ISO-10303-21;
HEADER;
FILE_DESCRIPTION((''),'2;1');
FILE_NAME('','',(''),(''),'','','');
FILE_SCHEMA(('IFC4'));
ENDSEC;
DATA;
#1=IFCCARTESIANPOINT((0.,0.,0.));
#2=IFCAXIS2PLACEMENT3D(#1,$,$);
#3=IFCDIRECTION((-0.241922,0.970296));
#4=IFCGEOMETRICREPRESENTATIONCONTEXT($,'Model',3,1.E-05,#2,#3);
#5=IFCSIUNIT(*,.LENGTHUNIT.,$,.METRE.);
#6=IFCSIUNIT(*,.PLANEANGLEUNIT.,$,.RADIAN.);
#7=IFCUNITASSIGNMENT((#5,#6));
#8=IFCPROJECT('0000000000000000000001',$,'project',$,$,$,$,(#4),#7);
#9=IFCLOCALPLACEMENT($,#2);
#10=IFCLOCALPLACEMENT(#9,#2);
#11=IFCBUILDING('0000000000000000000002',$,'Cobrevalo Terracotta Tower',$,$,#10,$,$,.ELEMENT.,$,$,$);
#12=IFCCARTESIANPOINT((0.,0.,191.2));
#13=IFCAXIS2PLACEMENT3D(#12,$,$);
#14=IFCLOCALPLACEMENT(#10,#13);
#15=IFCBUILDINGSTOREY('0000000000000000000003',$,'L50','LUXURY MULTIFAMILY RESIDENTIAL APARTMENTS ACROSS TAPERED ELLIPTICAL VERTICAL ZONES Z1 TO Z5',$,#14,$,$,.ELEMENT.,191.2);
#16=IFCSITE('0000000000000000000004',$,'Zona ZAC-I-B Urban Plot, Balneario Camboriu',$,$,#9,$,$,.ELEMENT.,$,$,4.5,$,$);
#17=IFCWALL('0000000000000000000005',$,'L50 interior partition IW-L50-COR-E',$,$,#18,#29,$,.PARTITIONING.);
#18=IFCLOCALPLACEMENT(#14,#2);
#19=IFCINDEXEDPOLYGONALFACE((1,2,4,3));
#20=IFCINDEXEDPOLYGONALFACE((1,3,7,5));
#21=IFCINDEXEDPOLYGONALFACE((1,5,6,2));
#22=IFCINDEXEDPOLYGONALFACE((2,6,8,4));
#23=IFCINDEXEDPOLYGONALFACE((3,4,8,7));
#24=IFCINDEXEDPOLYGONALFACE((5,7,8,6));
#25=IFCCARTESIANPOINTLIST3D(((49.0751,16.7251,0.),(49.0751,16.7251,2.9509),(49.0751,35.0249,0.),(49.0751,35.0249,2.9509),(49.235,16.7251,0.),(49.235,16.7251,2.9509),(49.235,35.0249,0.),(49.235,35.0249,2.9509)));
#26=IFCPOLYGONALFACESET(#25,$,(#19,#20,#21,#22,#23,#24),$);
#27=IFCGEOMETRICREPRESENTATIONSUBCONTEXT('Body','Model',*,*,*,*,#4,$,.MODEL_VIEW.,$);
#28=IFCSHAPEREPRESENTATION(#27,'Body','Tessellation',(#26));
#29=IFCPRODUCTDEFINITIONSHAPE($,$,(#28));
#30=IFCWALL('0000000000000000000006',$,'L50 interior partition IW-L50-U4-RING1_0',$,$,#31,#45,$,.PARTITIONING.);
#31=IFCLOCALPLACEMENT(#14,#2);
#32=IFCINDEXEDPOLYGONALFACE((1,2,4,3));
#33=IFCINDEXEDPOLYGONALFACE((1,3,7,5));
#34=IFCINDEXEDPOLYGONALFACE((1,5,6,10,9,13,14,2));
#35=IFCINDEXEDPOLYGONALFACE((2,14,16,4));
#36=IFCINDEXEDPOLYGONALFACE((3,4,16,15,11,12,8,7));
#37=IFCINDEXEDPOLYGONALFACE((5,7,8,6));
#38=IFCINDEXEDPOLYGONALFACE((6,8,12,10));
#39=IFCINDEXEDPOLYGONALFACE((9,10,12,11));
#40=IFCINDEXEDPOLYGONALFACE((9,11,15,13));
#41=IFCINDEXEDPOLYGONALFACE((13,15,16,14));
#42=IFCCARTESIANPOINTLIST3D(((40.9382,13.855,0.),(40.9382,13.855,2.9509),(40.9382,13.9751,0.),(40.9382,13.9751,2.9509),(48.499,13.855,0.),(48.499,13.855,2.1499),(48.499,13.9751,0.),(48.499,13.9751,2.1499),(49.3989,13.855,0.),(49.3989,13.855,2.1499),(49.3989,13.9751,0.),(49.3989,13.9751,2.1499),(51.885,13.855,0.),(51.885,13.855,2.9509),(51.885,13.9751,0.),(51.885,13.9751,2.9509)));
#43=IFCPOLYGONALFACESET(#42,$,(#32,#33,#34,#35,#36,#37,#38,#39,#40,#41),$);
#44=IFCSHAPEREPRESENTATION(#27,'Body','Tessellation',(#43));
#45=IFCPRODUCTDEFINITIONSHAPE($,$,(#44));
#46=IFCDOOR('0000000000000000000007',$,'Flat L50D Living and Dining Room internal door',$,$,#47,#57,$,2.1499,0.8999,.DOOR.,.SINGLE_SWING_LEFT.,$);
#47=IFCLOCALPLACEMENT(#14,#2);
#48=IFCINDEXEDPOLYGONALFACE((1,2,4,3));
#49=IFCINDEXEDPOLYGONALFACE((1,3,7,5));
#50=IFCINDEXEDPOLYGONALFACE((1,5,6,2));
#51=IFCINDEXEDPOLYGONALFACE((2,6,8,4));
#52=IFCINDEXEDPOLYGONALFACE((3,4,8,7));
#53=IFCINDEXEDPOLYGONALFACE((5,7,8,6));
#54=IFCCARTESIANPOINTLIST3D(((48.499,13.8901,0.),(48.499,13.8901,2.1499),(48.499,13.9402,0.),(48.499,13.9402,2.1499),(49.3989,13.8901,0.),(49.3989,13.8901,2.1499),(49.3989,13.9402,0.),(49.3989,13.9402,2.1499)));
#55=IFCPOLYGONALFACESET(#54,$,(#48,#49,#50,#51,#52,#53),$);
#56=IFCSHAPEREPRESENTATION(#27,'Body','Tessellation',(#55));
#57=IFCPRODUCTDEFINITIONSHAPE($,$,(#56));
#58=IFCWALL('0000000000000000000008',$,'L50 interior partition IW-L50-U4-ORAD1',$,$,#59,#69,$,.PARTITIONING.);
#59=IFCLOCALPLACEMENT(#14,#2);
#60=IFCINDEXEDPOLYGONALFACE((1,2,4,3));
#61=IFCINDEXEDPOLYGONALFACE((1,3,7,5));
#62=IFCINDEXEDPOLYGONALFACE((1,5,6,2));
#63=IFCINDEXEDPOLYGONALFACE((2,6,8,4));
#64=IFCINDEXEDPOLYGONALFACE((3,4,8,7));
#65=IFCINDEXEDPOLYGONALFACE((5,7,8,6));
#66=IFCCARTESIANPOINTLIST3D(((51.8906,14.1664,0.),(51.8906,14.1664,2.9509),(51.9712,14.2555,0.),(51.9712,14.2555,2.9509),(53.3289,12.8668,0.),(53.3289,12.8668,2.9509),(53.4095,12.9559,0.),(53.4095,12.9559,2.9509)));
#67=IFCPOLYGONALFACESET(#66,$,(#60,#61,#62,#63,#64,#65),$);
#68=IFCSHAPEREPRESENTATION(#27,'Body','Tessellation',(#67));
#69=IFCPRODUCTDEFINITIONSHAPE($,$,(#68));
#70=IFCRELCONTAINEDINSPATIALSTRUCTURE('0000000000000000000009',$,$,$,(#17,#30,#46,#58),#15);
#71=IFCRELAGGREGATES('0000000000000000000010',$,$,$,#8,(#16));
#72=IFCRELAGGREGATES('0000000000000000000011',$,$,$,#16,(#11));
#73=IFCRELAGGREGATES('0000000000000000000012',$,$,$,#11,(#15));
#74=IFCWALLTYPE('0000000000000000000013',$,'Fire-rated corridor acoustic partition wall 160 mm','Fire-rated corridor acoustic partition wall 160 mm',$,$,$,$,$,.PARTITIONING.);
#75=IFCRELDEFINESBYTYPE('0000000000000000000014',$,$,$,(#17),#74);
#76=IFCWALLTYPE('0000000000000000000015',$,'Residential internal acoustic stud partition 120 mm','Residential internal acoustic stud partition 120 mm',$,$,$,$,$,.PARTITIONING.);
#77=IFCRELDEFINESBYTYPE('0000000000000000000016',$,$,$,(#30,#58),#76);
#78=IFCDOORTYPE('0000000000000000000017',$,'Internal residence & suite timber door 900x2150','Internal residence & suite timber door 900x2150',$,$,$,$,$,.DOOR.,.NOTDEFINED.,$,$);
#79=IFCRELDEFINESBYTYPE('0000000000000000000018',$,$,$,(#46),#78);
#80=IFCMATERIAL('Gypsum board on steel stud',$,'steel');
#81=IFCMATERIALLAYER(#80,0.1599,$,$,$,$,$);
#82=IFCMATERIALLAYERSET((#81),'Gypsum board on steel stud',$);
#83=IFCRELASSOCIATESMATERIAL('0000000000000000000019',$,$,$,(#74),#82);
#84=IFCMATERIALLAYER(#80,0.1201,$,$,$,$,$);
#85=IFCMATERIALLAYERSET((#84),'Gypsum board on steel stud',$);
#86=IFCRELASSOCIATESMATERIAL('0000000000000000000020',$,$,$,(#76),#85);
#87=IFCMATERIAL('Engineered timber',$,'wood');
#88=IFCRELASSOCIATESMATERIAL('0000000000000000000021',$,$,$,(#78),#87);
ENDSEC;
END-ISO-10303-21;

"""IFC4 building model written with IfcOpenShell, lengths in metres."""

from ifc_helpers import new_model, si_unit, direction, frame, frame_2d, origin, place, context, subcontext, project, spatial, rectangle, extrude, source, transform, mapped, material, layer, layer_set, type_object, element, fill, save


model = new_model("IFC4")

# Units and contexts
model_context = context("Model", 3, precision=1e-05, world=origin(), true_north=direction((-0.241922, 0.970296)))
body_context = subcontext(model_context, "Body", "Model", "MODEL_VIEW")
ifc_project = project(units=[si_unit("LENGTHUNIT", "METRE"), si_unit("PLANEANGLEUNIT", "RADIAN")], contexts=[model_context])

# Site, building, storey
site_placement = place(None, origin())
site = spatial("IfcSite", under=ifc_project, at=site_placement, Name="Zona ZAC-I-B Urban Plot, Balneario Camboriu", CompositionType="ELEMENT", RefElevation=4.5)
building_placement = place(site_placement, origin())
building = spatial("IfcBuilding", under=site, at=building_placement, Name="Cobrevalo Terracotta Tower", CompositionType="ELEMENT")
storey_placement = place(building_placement, frame((0.0, 0.0, 191.2)))
storey = spatial("IfcBuildingStorey", under=building, at=storey_placement, Name="L50", Description="LUXURY MULTIFAMILY RESIDENTIAL APARTMENTS ACROSS TAPERED ELLIPTICAL VERTICAL ZONES Z1 TO Z5", CompositionType="ELEMENT", Elevation=191.2)

# Wall
ifc_material_1 = material(Name="Gypsum board on steel stud", Category="steel")
ifc_layer_1 = layer(ifc_material_1, 0.1599)
ifc_layer_set_1 = layer_set([ifc_layer_1], Name="Gypsum board on steel stud")
wall_type_1 = type_object("IfcWallType", Name="Fire-rated corridor acoustic partition wall 160 mm", Description="Fire-rated corridor acoustic partition wall 160 mm", PredefinedType="PARTITIONING", material=ifc_layer_set_1)
wall_1_placement = place(storey_placement, frame((49.155, 16.7251, 0.0), z_axis=(0.0, 0.0, 1.0), x_axis=(0.0, 1.0, 0.0)))
element("IfcWall", 1, at=wall_1_placement, inside=storey, type_object=wall_type_1, Name="L50 interior partition IW-L50-COR-E", PredefinedType="PARTITIONING", context=body_context, shape_type="SweptSolid", body=[
    extrude(rectangle(XDim=18.2998, YDim=0.1599, at=frame_2d((9.1499, 0.0))), origin(), (0.0, 0.0, 1.0), 2.9509),
])

# Wall, opening, door
ifc_layer_2 = layer(ifc_material_1, 0.1201)
ifc_layer_set_2 = layer_set([ifc_layer_2], Name="Gypsum board on steel stud")
wall_type_2 = type_object("IfcWallType", Name="Residential internal acoustic stud partition 120 mm", Description="Residential internal acoustic stud partition 120 mm", PredefinedType="PARTITIONING", material=ifc_layer_set_2)
wall_2_placement = place(storey_placement, frame((51.885, 13.915, 0.0), z_axis=(0.0, 0.0, 1.0), x_axis=(-1.0, 0.0, 0.0)))
wall_2 = element("IfcWall", 2, at=wall_2_placement, inside=storey, type_object=wall_type_2, Name="L50 interior partition IW-L50-U4-RING1_0", PredefinedType="PARTITIONING", context=body_context, shape_type="SweptSolid", body=[
    extrude(rectangle(XDim=10.9468, YDim=0.1201, at=frame_2d((5.4734, 0.0))), origin(), (0.0, 0.0, 1.0), 2.9509),
])
opening_placement = place(wall_2_placement, frame((2.4861, 0.0, 0.0)))
opening = element("IfcOpeningElement", 3, at=opening_placement, cuts=wall_2, PredefinedType="OPENING", context=body_context, shape_type="SweptSolid", body=[
    extrude(rectangle(XDim=0.8999, YDim=2.1499, at=frame_2d((0.45, 1.075))), frame((0.0, 0.0701, 0.0), z_axis=(0.0, -1.0, 0.0), x_axis=(1.0, 0.0, 0.0)), (0.0, 0.0, 1.0), 0.1401),
])
ifc_material_2 = material(Name="Engineered timber", Category="wood")
door_type = type_object("IfcDoorType", Name="Internal residence & suite timber door 900x2150", Description="Internal residence & suite timber door 900x2150", OperationType="NOTDEFINED", PredefinedType="DOOR", material=ifc_material_2)
shared_shape_1 = source(origin(), body_context, "Body", "SweptSolid", [
    extrude(rectangle(XDim=0.8999, YDim=2.1499, at=frame_2d((0.45, 1.075))), frame((0.0, 0.0249, 0.0), z_axis=(0.0, -1.0, 0.0), x_axis=(1.0, 0.0, 0.0)), (0.0, 0.0, 1.0), 0.05),
])
door_placement = place(opening_placement, origin())
door = element("IfcDoor", 4, at=door_placement, inside=storey, type_object=door_type, Name="Flat L50D Living and Dining Room internal door", OperationType="SINGLE_SWING_LEFT", OverallHeight=2.1499, OverallWidth=0.8999, PredefinedType="DOOR", context=body_context, shape_type="MappedRepresentation", body=[
    mapped(shared_shape_1, transform((0.0, 0.0, 0.0), scale=1.0)),
])
fill(opening, door)

# Wall
wall_3_placement = place(storey_placement, frame((51.9309, 14.2109, 0.0), z_axis=(0.0, 0.0, 1.0), x_axis=(0.741971, -0.670432, 0.0)))
element("IfcWall", 5, at=wall_3_placement, inside=storey, type_object=wall_type_2, Name="L50 interior partition IW-L50-U4-ORAD1", PredefinedType="PARTITIONING", context=body_context, shape_type="SweptSolid", body=[
    extrude(rectangle(XDim=1.9385, YDim=0.1201, at=frame_2d((0.9692, 0.0))), origin(), (0.0, 0.0, 1.0), 2.9509),
])

save(model, "model.ifc")
